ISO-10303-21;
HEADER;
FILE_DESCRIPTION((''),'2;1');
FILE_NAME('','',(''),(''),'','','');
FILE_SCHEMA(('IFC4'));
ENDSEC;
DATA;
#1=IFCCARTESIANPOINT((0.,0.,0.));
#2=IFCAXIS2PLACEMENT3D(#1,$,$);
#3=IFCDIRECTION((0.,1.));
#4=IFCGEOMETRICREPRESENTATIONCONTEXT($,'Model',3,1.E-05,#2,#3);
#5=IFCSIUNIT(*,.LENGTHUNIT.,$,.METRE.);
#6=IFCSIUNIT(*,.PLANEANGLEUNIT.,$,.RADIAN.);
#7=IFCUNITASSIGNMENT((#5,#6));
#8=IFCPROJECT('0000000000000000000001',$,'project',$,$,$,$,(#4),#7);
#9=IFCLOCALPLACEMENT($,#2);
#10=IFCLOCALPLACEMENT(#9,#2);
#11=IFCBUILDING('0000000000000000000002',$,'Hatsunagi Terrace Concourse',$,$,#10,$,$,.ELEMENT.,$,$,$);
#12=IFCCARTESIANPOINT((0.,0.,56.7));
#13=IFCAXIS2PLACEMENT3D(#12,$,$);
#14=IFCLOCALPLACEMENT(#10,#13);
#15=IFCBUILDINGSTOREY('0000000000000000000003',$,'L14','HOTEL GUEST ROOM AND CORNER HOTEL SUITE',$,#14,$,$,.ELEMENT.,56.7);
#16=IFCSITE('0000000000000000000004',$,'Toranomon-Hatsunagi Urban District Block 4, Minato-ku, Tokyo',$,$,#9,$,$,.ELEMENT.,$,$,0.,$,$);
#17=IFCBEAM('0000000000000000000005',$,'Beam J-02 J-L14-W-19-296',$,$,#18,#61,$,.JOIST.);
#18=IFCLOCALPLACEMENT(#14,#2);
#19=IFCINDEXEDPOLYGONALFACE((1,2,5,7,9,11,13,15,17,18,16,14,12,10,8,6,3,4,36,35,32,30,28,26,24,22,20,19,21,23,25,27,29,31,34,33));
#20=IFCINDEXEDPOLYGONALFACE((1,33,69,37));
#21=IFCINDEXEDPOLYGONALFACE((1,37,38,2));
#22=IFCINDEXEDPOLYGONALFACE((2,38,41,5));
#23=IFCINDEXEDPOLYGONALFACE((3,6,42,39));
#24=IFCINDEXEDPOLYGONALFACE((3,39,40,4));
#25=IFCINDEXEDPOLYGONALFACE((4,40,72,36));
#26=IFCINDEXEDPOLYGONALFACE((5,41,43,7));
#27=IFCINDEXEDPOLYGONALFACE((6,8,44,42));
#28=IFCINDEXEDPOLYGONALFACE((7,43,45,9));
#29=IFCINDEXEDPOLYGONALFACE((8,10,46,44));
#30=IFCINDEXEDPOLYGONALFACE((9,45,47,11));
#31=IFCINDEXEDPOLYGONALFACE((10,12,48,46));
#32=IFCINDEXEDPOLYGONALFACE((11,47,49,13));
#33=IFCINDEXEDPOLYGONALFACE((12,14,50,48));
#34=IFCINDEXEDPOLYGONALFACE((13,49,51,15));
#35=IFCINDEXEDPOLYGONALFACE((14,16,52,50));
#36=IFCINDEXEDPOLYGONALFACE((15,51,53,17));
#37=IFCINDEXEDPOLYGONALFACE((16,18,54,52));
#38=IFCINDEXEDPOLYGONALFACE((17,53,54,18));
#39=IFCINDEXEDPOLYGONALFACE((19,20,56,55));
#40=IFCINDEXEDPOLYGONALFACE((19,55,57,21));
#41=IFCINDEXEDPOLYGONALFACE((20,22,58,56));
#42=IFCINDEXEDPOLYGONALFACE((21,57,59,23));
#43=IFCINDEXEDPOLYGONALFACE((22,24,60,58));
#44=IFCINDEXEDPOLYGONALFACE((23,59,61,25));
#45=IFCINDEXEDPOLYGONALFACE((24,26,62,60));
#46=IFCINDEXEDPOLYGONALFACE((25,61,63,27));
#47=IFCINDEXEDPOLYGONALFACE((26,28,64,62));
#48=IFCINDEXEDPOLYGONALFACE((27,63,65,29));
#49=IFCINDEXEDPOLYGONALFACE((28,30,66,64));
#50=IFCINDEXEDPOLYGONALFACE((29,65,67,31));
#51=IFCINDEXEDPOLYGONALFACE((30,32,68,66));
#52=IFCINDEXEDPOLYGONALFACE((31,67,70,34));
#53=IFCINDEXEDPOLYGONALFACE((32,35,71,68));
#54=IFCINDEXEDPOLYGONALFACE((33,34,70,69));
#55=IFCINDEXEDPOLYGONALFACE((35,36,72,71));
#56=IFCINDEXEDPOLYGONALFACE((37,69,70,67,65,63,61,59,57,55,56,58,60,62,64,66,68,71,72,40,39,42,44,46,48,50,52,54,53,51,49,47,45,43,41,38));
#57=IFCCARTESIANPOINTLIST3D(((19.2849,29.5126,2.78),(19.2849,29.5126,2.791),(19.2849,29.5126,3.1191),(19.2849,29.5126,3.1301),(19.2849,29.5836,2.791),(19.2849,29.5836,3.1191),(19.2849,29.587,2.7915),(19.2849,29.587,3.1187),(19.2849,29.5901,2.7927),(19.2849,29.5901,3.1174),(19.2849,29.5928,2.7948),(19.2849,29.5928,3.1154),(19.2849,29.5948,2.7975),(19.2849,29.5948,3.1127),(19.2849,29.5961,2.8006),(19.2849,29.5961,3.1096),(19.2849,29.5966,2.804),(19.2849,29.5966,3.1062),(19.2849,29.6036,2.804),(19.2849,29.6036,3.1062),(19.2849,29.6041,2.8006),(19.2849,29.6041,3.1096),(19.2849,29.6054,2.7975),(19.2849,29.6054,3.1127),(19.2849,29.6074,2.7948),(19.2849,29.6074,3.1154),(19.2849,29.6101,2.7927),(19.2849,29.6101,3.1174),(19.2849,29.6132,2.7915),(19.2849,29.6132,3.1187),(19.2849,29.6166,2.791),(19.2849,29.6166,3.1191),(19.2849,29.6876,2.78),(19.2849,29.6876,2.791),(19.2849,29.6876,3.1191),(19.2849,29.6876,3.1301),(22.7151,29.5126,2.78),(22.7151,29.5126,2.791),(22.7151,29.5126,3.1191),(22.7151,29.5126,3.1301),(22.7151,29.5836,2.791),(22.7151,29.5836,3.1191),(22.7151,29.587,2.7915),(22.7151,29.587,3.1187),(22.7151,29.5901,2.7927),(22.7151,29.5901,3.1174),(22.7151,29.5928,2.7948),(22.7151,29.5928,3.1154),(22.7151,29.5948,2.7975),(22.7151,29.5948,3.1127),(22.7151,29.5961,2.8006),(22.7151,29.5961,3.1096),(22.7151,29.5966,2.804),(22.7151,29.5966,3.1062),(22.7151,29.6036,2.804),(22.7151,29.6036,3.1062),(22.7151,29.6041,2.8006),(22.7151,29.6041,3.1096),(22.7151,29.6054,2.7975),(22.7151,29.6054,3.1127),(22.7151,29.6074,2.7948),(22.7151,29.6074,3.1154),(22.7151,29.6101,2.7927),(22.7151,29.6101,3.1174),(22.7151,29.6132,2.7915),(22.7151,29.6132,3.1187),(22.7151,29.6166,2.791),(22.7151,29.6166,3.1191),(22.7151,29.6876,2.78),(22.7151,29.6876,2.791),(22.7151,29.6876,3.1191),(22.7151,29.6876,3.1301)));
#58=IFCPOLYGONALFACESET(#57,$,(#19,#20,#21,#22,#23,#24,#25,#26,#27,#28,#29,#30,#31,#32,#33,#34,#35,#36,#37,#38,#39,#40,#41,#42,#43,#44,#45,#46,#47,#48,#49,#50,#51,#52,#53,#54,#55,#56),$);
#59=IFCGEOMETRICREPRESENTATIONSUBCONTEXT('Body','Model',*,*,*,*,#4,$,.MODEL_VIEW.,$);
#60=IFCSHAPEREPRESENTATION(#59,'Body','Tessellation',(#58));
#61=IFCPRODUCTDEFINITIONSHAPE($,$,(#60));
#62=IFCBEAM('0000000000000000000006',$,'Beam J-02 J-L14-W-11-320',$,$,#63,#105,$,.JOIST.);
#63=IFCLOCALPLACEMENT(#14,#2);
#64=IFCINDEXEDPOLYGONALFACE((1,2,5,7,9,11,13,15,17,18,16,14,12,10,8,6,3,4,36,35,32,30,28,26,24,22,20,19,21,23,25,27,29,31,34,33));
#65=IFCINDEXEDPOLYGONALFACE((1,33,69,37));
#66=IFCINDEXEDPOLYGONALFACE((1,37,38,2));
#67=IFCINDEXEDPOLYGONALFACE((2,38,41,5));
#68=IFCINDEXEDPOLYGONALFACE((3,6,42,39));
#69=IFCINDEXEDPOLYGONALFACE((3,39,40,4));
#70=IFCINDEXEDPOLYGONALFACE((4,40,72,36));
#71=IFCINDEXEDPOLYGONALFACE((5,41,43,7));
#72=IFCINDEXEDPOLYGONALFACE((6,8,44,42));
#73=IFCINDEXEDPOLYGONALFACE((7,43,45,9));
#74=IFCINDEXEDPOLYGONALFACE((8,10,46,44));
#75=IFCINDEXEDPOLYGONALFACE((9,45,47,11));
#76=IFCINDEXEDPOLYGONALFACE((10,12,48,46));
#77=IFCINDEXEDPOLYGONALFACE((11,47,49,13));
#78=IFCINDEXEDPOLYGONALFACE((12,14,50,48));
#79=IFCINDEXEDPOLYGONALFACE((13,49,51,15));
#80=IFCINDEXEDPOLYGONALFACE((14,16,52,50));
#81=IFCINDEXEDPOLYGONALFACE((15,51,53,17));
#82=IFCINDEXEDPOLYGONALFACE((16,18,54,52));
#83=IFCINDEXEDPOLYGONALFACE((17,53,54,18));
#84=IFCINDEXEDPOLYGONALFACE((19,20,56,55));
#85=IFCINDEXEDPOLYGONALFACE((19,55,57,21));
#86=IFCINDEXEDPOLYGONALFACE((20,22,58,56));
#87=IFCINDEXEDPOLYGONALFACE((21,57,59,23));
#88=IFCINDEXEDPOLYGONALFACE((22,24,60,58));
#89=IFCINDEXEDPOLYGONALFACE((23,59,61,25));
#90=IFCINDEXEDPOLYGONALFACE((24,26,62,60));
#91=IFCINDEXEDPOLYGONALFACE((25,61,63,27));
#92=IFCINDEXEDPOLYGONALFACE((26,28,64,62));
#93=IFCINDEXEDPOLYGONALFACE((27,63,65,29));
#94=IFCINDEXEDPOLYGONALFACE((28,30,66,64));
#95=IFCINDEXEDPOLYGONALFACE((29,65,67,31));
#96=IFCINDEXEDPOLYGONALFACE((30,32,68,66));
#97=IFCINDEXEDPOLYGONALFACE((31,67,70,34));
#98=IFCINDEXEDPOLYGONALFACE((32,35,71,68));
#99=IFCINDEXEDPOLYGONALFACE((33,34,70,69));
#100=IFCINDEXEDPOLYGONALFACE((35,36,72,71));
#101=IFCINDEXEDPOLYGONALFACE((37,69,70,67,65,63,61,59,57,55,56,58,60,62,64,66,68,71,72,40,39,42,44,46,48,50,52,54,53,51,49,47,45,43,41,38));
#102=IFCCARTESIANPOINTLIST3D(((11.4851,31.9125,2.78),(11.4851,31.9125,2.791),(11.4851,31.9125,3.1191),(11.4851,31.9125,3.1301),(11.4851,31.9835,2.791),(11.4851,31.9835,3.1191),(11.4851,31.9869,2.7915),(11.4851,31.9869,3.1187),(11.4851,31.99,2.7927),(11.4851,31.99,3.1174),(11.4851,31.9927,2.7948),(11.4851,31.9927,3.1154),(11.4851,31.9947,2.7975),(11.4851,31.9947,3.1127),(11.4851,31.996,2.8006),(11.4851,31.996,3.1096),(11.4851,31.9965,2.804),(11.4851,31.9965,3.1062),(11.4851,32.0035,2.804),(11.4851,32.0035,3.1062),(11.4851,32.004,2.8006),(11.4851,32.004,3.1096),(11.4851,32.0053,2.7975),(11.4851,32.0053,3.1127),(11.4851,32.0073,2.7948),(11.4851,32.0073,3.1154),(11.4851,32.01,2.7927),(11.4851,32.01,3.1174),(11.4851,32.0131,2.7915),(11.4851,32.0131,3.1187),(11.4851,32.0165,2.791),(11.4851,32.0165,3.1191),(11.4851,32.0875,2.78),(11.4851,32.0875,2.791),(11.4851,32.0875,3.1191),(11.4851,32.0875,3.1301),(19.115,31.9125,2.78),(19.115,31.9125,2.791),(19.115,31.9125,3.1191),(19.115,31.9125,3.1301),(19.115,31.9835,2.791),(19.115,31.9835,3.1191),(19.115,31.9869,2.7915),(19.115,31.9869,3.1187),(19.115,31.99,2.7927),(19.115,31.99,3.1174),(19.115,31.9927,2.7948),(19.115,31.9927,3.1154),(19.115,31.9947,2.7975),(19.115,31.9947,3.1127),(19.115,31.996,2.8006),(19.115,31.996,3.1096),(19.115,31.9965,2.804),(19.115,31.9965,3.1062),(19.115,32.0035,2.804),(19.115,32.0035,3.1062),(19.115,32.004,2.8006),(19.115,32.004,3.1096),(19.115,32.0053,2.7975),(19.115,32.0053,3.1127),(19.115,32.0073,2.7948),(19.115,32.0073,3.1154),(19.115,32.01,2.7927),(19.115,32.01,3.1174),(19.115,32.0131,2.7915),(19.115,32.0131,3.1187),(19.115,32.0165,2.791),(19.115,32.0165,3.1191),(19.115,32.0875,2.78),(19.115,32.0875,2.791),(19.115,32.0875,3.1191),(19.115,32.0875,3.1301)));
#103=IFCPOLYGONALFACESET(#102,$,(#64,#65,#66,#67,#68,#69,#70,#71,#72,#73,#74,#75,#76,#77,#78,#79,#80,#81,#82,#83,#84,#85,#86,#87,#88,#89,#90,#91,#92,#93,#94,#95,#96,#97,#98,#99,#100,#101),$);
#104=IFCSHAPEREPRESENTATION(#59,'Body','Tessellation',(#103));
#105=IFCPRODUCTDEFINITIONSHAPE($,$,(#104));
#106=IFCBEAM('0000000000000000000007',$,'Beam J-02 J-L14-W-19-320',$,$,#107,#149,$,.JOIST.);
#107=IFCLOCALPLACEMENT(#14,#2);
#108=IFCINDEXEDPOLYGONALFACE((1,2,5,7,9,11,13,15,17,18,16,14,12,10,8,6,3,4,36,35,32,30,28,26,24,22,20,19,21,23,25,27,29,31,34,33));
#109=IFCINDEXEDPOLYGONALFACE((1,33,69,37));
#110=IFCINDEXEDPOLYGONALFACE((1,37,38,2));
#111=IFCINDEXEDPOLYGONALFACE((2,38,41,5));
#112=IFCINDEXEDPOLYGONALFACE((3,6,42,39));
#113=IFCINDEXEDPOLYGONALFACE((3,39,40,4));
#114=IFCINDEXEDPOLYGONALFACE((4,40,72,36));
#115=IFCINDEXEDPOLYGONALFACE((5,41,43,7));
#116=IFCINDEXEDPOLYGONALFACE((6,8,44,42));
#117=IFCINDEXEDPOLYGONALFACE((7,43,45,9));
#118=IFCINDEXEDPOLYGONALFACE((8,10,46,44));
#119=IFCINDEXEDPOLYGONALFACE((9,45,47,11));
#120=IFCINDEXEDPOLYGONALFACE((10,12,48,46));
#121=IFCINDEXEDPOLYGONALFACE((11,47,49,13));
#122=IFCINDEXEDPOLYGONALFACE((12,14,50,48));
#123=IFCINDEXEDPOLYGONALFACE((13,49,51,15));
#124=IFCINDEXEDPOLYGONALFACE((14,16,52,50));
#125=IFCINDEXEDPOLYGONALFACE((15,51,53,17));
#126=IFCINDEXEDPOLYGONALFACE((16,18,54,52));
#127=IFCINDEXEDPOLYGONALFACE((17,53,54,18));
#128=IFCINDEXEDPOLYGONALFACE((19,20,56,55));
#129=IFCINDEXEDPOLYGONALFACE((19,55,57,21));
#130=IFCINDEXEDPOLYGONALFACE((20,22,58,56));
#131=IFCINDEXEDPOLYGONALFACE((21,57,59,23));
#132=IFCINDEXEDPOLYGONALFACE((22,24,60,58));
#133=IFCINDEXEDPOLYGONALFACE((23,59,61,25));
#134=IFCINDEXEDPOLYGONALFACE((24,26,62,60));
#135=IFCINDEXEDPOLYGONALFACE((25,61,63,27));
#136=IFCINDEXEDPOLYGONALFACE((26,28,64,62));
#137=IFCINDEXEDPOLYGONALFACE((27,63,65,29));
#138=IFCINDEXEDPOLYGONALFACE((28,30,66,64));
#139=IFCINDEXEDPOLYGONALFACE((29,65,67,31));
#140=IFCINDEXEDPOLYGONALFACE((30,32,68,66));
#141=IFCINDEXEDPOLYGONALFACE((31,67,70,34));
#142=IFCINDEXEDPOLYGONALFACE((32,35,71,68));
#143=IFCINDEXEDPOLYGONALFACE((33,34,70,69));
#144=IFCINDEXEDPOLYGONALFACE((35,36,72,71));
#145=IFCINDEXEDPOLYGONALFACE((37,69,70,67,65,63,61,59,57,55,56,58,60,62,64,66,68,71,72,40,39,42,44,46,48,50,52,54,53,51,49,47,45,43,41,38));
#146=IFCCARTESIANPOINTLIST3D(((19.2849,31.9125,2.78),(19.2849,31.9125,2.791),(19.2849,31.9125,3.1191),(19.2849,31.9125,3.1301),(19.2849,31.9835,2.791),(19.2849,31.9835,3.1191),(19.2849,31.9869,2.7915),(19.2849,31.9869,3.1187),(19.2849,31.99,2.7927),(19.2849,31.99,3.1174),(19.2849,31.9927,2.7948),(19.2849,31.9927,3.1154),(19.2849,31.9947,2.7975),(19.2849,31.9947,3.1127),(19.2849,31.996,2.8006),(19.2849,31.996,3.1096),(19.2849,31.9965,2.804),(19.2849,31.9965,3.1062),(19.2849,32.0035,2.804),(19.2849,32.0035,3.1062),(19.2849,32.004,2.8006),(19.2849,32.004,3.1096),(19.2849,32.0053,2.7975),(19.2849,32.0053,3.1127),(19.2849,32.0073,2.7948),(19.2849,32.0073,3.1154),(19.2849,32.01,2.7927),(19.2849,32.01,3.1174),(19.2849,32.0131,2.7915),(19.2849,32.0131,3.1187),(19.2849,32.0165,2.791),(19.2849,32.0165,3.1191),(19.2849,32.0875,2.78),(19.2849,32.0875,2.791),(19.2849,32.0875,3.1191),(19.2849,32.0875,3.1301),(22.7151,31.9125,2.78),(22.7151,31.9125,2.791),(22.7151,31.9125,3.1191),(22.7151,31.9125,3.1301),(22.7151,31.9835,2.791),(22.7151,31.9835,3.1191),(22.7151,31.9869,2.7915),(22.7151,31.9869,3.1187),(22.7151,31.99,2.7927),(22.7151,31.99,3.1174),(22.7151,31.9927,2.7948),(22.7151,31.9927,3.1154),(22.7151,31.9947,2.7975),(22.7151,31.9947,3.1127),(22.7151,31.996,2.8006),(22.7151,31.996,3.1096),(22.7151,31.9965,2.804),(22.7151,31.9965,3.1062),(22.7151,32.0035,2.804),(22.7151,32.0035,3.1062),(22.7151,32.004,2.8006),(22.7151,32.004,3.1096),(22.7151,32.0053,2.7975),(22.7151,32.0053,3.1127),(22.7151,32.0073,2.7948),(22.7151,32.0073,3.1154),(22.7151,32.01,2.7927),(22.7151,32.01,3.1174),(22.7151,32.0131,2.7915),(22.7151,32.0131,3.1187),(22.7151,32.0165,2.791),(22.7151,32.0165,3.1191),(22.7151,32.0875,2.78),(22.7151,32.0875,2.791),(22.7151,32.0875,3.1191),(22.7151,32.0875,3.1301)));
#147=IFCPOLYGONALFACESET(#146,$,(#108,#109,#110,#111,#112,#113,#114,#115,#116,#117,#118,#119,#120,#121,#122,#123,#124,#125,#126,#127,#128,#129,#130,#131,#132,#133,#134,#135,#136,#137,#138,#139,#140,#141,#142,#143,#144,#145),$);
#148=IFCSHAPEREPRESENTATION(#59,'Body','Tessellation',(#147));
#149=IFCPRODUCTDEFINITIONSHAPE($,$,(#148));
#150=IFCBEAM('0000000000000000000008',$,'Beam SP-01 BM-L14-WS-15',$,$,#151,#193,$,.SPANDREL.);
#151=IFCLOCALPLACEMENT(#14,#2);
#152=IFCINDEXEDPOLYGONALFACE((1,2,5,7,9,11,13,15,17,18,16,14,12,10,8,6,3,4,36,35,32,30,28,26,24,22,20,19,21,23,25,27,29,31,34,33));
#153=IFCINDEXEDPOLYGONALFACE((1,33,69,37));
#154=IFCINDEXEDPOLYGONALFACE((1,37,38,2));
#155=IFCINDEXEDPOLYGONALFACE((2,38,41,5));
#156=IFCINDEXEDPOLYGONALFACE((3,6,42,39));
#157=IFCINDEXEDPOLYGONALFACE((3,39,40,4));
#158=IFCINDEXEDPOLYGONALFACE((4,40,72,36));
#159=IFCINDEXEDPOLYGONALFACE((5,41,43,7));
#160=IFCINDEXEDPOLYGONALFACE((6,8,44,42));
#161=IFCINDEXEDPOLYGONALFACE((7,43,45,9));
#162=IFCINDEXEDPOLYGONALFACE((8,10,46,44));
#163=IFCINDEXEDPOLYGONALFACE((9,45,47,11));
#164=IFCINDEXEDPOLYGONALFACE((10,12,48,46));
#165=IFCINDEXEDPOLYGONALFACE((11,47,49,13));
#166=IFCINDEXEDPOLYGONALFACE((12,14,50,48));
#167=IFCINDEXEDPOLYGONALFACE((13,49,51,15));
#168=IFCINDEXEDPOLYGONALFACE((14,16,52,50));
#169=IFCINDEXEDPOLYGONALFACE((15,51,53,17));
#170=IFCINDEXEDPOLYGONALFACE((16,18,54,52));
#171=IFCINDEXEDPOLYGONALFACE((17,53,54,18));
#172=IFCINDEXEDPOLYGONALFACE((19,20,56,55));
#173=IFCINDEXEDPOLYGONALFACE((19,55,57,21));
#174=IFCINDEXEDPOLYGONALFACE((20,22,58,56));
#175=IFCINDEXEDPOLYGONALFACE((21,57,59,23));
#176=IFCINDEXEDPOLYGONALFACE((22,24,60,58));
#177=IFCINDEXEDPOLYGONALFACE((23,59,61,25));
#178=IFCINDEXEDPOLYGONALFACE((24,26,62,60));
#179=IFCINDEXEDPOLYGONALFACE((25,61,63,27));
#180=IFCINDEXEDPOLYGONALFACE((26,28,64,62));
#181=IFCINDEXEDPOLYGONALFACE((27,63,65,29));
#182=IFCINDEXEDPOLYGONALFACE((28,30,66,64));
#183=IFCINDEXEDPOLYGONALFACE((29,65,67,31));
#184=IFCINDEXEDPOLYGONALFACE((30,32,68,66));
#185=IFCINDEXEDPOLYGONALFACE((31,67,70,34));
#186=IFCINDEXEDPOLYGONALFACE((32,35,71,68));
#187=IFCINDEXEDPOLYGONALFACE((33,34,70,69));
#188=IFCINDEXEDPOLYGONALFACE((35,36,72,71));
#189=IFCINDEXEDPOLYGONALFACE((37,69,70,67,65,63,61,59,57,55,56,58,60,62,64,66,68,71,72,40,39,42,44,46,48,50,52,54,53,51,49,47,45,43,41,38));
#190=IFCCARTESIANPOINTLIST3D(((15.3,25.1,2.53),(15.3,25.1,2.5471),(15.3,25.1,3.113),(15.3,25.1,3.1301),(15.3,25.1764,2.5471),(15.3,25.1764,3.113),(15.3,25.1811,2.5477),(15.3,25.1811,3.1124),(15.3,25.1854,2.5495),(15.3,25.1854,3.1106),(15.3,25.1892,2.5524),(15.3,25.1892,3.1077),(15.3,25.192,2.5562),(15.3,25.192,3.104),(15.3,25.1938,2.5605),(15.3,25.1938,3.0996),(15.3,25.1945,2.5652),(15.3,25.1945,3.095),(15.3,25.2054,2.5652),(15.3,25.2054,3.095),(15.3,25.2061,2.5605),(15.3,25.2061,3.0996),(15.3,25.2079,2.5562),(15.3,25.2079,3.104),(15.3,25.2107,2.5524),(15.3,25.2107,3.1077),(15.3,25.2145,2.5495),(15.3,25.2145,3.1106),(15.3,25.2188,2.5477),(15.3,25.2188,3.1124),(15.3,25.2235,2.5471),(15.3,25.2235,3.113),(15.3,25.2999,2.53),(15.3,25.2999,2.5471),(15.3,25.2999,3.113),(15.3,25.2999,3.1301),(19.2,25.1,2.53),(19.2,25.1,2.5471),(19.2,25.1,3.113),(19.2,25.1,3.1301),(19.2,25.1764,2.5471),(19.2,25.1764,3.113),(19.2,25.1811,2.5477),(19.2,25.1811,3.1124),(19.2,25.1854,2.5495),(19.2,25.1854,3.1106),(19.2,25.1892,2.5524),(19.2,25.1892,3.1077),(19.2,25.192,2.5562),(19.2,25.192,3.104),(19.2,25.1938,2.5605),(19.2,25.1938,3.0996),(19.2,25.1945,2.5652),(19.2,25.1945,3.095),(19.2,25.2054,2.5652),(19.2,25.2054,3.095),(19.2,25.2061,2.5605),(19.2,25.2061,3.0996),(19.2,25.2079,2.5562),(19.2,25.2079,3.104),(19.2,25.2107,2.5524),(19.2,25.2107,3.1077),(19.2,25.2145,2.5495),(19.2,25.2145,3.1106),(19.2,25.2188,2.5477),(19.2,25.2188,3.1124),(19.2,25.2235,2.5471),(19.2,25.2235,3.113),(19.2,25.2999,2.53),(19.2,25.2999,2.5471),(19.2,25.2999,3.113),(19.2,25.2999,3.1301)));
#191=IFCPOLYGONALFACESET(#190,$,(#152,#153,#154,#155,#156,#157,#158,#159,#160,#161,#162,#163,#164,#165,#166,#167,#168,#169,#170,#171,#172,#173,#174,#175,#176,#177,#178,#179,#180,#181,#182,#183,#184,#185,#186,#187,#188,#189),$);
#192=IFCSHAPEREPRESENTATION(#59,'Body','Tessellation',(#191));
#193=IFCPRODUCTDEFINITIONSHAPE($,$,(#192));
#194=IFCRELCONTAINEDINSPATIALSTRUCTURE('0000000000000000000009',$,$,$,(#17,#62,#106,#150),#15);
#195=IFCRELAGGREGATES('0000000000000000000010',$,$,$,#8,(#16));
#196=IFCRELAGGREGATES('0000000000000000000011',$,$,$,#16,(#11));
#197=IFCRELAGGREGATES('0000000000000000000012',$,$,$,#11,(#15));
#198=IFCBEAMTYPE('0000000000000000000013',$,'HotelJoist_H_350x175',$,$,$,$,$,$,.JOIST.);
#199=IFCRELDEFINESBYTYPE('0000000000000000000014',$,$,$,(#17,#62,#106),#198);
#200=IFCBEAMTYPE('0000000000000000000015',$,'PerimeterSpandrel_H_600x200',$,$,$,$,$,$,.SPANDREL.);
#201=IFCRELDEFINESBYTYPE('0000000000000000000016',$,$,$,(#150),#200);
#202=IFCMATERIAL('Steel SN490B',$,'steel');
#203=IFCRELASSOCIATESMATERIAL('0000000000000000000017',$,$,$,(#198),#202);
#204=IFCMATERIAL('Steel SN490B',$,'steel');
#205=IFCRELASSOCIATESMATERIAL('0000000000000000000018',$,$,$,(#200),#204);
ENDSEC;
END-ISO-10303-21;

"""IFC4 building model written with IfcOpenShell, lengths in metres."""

from ifc_helpers import new_model, si_unit, direction, frame, origin, origin_2d, place, context, subcontext, project, spatial, i_section, extrude, material, material_profile, profile_set, type_object, element, save


model = new_model("IFC4")

# Units and contexts
model_context = context("Model", 3, precision=1e-05, world=origin(), true_north=direction((0.0, 1.0)))
body_context = subcontext(model_context, "Body", "Model", "MODEL_VIEW")
ifc_project = project(units=[si_unit("LENGTHUNIT", "METRE"), si_unit("PLANEANGLEUNIT", "RADIAN")], contexts=[model_context])

# Site, building, storey
site_placement = place(None, origin())
site = spatial("IfcSite", under=ifc_project, at=site_placement, Name="Toranomon-Hatsunagi Urban District Block 4, Minato-ku, Tokyo", CompositionType="ELEMENT", RefElevation=0.0)
building_placement = place(site_placement, origin())
building = spatial("IfcBuilding", under=site, at=building_placement, Name="Hatsunagi Terrace Concourse", CompositionType="ELEMENT")
storey_placement = place(building_placement, frame((0.0, 0.0, 56.7)))
storey = spatial("IfcBuildingStorey", under=building, at=storey_placement, Name="L14", Description="HOTEL GUEST ROOM AND CORNER HOTEL SUITE", CompositionType="ELEMENT", Elevation=56.7)

# Beams
ifc_material_1 = material(Name="Steel SN490B", Category="steel")
ifc_material_profile_1 = material_profile(ifc_material_1, i_section(OverallWidth=0.175, OverallDepth=0.3501, WebThickness=0.0071, FlangeThickness=0.011, FilletRadius=0.0129, at=origin_2d()), Name="H-350x175x7x11")
ifc_profile_set_1 = profile_set([ifc_material_profile_1], Name="Steel SN490B")
beam_type_1 = type_object("IfcBeamType", Name="HotelJoist_H_350x175", PredefinedType="JOIST", material=ifc_profile_set_1)
beam_1_placement = place(storey_placement, frame((19.2849, 29.6001, 2.9551), z_axis=(1.0, 0.0, 0.0), x_axis=(0.0, 1.0, 0.0)))
element("IfcBeam", 1, at=beam_1_placement, inside=storey, type_object=beam_type_1, Name="Beam J-02 J-L14-W-19-296", PredefinedType="JOIST", context=body_context, shape_type="SweptSolid", body=[
    extrude(i_section(OverallWidth=0.175, OverallDepth=0.3501, WebThickness=0.0071, FlangeThickness=0.011, FilletRadius=0.0129, at=origin_2d()), origin(), (0.0, 0.0, 1.0), 3.4302),
])
beam_2_placement = place(storey_placement, frame((11.4851, 32.0, 2.9551), z_axis=(1.0, 0.0, 0.0), x_axis=(0.0, 1.0, 0.0)))
element("IfcBeam", 2, at=beam_2_placement, inside=storey, type_object=beam_type_1, Name="Beam J-02 J-L14-W-11-320", PredefinedType="JOIST", context=body_context, shape_type="SweptSolid", body=[
    extrude(i_section(OverallWidth=0.175, OverallDepth=0.3501, WebThickness=0.0071, FlangeThickness=0.011, FilletRadius=0.0129, at=origin_2d()), origin(), (0.0, 0.0, 1.0), 7.6299),
])
beam_3_placement = place(storey_placement, frame((19.2849, 32.0, 2.9551), z_axis=(1.0, 0.0, 0.0), x_axis=(0.0, 1.0, 0.0)))
element("IfcBeam", 3, at=beam_3_placement, inside=storey, type_object=beam_type_1, Name="Beam J-02 J-L14-W-19-320", PredefinedType="JOIST", context=body_context, shape_type="SweptSolid", body=[
    extrude(i_section(OverallWidth=0.175, OverallDepth=0.3501, WebThickness=0.0071, FlangeThickness=0.011, FilletRadius=0.0129, at=origin_2d()), origin(), (0.0, 0.0, 1.0), 3.4302),
])
ifc_material_2 = material(Name="Steel SN490B", Category="steel")
ifc_material_profile_2 = material_profile(ifc_material_2, i_section(OverallWidth=0.2, OverallDepth=0.6001, WebThickness=0.011, FlangeThickness=0.0171, FilletRadius=0.0181, at=origin_2d()), Name="H-600x200x11x17")
ifc_profile_set_2 = profile_set([ifc_material_profile_2], Name="Steel SN490B")
beam_type_2 = type_object("IfcBeamType", Name="PerimeterSpandrel_H_600x200", PredefinedType="SPANDREL", material=ifc_profile_set_2)
beam_4_placement = place(storey_placement, frame((15.3, 25.2, 2.8301), z_axis=(1.0, 0.0, 0.0), x_axis=(0.0, 1.0, 0.0)))
element("IfcBeam", 4, at=beam_4_placement, inside=storey, type_object=beam_type_2, Name="Beam SP-01 BM-L14-WS-15", PredefinedType="SPANDREL", context=body_context, shape_type="SweptSolid", body=[
    extrude(i_section(OverallWidth=0.2, OverallDepth=0.6001, WebThickness=0.011, FlangeThickness=0.0171, FilletRadius=0.0181, at=origin_2d()), origin(), (0.0, 0.0, 1.0), 3.8999),
])

save(model, "model.ifc")
